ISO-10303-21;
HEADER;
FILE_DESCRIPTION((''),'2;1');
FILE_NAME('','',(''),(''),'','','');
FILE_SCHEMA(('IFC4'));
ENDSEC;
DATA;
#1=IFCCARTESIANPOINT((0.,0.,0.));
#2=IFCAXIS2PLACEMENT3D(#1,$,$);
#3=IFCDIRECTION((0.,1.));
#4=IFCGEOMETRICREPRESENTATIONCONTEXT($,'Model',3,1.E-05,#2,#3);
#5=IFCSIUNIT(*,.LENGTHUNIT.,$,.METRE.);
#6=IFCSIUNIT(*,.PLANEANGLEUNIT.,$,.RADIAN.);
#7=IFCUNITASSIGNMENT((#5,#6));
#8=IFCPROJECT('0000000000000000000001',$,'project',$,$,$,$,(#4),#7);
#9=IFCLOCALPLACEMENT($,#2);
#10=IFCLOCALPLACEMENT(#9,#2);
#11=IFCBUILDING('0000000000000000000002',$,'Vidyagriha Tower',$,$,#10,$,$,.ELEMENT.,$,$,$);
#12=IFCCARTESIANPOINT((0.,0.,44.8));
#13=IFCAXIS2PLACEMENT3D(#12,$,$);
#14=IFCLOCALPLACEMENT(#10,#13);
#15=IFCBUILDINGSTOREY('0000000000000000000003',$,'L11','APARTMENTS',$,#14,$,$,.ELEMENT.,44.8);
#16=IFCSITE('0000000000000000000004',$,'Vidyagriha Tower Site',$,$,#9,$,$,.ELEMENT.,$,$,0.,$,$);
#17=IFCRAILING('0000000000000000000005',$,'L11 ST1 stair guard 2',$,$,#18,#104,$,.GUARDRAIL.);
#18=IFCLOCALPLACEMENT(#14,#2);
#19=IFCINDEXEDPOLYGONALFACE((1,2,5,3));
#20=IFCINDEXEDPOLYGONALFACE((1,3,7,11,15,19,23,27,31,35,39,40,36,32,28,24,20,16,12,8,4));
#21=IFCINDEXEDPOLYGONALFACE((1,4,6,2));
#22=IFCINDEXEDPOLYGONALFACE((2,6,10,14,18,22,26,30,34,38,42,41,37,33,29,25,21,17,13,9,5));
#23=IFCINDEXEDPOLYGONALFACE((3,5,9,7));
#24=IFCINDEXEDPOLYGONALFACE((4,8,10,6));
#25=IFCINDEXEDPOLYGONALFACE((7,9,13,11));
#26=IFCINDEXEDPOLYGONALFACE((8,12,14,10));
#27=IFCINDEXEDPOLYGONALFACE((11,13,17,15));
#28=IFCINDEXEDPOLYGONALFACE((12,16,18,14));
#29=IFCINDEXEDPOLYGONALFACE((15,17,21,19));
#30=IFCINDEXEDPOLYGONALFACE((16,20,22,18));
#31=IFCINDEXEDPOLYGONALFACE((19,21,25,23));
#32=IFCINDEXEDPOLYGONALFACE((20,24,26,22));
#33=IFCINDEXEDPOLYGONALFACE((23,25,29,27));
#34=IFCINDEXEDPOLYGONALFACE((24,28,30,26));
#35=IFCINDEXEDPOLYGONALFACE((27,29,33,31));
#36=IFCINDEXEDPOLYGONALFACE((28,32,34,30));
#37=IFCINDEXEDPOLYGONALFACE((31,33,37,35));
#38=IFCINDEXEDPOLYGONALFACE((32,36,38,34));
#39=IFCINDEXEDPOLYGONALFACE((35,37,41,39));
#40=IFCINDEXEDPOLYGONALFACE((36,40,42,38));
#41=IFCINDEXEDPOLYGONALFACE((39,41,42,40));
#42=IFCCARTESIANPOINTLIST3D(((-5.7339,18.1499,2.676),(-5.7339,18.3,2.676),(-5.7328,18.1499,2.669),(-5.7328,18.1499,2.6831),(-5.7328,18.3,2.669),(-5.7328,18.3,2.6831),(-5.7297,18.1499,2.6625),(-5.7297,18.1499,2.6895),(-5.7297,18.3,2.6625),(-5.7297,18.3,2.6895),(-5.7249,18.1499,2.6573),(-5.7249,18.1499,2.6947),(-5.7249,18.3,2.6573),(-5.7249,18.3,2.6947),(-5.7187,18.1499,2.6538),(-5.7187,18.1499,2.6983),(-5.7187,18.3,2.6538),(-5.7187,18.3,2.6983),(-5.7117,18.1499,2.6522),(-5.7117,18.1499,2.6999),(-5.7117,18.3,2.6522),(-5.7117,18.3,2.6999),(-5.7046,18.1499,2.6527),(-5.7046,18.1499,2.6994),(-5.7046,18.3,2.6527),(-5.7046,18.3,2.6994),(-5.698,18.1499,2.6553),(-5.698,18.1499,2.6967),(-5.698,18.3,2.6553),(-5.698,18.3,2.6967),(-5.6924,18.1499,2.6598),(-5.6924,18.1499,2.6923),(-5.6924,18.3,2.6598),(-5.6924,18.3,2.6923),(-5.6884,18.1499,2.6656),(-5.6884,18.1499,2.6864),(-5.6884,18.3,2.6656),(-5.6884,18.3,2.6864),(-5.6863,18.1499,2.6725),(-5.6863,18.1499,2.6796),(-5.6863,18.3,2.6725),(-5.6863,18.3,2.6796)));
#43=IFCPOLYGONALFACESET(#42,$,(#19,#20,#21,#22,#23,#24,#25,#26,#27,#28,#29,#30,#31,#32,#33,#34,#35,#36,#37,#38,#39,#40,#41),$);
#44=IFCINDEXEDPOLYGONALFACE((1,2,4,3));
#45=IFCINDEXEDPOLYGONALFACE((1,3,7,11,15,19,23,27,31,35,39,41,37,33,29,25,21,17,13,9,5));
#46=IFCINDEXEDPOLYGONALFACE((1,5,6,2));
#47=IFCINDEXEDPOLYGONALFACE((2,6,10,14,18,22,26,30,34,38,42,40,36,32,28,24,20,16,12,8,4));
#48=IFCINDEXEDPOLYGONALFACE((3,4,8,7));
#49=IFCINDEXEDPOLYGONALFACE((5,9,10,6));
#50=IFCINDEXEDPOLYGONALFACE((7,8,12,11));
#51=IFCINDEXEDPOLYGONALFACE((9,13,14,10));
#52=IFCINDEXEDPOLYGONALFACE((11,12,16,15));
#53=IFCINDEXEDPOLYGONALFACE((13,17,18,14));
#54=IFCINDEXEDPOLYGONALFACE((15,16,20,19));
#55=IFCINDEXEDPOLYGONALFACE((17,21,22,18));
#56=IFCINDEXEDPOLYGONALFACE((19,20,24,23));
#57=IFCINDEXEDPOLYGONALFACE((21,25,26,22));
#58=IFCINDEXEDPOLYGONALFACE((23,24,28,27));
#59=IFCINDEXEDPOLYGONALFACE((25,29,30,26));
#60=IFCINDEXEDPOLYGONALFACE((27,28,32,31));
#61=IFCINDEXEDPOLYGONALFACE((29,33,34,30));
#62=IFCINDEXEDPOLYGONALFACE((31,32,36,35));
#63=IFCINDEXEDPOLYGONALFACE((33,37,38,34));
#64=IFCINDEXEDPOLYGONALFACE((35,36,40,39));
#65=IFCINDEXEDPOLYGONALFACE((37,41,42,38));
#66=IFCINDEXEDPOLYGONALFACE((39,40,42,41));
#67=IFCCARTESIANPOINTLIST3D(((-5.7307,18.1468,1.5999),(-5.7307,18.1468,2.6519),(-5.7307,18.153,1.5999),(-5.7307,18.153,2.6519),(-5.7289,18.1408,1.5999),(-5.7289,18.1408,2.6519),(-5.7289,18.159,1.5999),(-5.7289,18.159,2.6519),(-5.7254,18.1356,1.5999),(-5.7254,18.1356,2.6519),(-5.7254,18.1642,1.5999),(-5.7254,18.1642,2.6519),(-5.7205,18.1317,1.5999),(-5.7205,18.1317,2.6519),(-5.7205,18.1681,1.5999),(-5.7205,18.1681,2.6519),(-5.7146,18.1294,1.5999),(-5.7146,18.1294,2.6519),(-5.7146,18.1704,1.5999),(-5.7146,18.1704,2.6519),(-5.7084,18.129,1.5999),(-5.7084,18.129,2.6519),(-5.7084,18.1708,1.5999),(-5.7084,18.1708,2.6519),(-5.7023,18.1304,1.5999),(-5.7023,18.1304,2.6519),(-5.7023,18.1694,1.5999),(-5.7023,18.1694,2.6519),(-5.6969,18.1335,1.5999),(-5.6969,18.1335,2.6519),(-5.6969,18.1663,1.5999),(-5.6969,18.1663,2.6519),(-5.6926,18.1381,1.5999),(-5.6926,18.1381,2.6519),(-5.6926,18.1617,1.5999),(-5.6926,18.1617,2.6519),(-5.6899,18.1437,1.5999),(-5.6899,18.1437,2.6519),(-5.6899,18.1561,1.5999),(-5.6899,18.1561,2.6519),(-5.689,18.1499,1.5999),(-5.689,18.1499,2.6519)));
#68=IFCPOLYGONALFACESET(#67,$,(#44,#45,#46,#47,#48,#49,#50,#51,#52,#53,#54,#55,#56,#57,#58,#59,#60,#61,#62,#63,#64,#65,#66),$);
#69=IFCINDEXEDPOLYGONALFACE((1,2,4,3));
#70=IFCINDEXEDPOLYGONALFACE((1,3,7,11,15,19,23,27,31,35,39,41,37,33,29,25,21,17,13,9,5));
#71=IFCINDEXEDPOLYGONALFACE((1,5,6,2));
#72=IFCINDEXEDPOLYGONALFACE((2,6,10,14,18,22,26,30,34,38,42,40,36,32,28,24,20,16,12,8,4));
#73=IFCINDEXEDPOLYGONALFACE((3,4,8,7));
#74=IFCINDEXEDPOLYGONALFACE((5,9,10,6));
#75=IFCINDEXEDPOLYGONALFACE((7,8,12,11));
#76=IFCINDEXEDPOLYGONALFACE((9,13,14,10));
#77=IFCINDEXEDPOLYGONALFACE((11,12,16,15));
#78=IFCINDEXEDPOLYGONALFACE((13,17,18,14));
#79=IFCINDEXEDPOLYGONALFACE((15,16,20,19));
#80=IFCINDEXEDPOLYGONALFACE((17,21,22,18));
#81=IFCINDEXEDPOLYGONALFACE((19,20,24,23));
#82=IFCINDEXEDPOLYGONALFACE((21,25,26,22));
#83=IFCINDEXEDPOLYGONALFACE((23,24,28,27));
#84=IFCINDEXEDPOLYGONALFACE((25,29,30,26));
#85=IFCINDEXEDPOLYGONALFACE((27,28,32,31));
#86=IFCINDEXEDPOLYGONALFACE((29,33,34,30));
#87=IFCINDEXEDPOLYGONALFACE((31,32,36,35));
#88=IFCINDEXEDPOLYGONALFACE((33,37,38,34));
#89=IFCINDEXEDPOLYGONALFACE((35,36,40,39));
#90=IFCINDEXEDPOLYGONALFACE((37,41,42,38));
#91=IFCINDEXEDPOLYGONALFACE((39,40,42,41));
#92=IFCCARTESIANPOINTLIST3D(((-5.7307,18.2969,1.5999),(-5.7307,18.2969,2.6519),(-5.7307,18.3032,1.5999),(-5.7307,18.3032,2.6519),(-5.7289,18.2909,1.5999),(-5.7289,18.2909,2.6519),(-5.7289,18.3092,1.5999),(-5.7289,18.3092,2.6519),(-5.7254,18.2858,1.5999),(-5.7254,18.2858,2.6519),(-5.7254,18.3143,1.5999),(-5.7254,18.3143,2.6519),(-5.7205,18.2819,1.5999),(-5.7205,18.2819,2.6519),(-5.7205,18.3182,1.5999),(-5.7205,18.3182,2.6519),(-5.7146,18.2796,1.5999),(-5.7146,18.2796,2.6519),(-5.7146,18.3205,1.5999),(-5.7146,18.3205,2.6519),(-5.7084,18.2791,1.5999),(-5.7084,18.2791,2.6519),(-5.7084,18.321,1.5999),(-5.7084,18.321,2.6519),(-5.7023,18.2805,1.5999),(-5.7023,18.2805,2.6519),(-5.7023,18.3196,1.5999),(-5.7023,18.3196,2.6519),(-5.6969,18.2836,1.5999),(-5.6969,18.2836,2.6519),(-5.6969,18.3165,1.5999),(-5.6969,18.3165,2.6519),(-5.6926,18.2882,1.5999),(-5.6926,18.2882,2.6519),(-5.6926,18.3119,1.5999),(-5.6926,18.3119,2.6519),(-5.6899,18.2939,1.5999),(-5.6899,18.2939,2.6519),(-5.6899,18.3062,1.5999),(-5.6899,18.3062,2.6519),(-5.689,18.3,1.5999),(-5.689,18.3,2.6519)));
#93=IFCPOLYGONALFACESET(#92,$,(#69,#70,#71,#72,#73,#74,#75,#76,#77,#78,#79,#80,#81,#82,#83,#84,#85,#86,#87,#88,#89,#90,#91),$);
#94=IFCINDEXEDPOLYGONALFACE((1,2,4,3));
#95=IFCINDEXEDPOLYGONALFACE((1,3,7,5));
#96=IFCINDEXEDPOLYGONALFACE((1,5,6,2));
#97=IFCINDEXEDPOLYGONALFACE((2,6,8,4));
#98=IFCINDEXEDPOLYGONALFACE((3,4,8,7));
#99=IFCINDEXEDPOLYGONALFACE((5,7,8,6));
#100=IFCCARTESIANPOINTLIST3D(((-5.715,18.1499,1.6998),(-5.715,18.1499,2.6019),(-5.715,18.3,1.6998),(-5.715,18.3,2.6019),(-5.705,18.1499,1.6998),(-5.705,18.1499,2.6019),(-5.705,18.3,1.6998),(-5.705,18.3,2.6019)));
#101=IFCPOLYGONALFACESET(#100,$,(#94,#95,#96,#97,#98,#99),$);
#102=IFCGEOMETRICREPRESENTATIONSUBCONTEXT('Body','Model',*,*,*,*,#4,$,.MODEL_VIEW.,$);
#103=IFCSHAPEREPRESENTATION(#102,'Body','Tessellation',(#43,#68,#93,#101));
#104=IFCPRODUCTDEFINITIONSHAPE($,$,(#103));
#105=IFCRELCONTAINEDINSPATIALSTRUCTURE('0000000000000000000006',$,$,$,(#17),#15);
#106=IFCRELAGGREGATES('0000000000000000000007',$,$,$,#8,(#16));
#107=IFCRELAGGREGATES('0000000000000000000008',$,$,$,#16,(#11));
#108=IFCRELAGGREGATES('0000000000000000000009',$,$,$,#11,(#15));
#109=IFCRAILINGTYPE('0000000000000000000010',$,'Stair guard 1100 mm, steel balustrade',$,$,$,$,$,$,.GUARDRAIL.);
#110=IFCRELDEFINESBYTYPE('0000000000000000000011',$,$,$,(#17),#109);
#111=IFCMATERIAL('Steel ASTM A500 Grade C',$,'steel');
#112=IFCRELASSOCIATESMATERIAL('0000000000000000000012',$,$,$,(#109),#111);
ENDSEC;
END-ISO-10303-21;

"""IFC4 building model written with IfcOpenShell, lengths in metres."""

from ifc_helpers import new_model, si_unit, direction, frame, origin, origin_2d, place, context, subcontext, project, spatial, rectangle, circle, extrude, material, type_object, element, save


model = new_model("IFC4")

# Units and contexts
model_context = context("Model", 3, precision=1e-05, world=origin(), true_north=direction((0.0, 1.0)))
body_context = subcontext(model_context, "Body", "Model", "MODEL_VIEW")
ifc_project = project(units=[si_unit("LENGTHUNIT", "METRE"), si_unit("PLANEANGLEUNIT", "RADIAN")], contexts=[model_context])

# Site, building, storey
site_placement = place(None, origin())
site = spatial("IfcSite", under=ifc_project, at=site_placement, Name="Vidyagriha Tower Site", CompositionType="ELEMENT", RefElevation=0.0)
building_placement = place(site_placement, origin())
building = spatial("IfcBuilding", under=site, at=building_placement, Name="Vidyagriha Tower", CompositionType="ELEMENT")
storey_placement = place(building_placement, frame((0.0, 0.0, 44.8)))
storey = spatial("IfcBuildingStorey", under=building, at=storey_placement, Name="L11", Description="APARTMENTS", CompositionType="ELEMENT", Elevation=44.8)

# Railing
ifc_material_1 = material(Name="Steel ASTM A500 Grade C", Category="steel")
railing_type_1 = type_object("IfcRailingType", Name="Stair guard 1100 mm, steel balustrade", PredefinedType="GUARDRAIL", material=ifc_material_1)
railing_1_placement = place(storey_placement, frame((-5.71, 18.1499, 1.5999)))
element("IfcRailing", 1, at=railing_1_placement, inside=storey, type_object=railing_type_1, Name="L11 ST1 stair guard 2", PredefinedType="GUARDRAIL", context=body_context, shape_type="SweptSolid", body=[
    extrude(circle(Radius=0.0239, at=origin_2d()), frame((0.0, 0.0, 1.0762), z_axis=(0.0, 1.0, 0.0), x_axis=(-1.0, 0.0, 0.0)), (0.0, 0.0, 1.0), 0.1501),
    extrude(circle(Radius=0.021, at=origin_2d()), origin(), (0.0, 0.0, 1.0), 1.052),
    extrude(circle(Radius=0.021, at=origin_2d()), frame((0.0, 0.1501, 0.0)), (0.0, 0.0, 1.0), 1.052),
    extrude(rectangle(XDim=0.01, YDim=0.9021, at=origin_2d()), frame((0.0, 0.0, 0.551), z_axis=(0.0, 1.0, 0.0), x_axis=(-1.0, 0.0, 0.0)), (0.0, 0.0, 1.0), 0.1501),
])

save(model, "model.ifc")
